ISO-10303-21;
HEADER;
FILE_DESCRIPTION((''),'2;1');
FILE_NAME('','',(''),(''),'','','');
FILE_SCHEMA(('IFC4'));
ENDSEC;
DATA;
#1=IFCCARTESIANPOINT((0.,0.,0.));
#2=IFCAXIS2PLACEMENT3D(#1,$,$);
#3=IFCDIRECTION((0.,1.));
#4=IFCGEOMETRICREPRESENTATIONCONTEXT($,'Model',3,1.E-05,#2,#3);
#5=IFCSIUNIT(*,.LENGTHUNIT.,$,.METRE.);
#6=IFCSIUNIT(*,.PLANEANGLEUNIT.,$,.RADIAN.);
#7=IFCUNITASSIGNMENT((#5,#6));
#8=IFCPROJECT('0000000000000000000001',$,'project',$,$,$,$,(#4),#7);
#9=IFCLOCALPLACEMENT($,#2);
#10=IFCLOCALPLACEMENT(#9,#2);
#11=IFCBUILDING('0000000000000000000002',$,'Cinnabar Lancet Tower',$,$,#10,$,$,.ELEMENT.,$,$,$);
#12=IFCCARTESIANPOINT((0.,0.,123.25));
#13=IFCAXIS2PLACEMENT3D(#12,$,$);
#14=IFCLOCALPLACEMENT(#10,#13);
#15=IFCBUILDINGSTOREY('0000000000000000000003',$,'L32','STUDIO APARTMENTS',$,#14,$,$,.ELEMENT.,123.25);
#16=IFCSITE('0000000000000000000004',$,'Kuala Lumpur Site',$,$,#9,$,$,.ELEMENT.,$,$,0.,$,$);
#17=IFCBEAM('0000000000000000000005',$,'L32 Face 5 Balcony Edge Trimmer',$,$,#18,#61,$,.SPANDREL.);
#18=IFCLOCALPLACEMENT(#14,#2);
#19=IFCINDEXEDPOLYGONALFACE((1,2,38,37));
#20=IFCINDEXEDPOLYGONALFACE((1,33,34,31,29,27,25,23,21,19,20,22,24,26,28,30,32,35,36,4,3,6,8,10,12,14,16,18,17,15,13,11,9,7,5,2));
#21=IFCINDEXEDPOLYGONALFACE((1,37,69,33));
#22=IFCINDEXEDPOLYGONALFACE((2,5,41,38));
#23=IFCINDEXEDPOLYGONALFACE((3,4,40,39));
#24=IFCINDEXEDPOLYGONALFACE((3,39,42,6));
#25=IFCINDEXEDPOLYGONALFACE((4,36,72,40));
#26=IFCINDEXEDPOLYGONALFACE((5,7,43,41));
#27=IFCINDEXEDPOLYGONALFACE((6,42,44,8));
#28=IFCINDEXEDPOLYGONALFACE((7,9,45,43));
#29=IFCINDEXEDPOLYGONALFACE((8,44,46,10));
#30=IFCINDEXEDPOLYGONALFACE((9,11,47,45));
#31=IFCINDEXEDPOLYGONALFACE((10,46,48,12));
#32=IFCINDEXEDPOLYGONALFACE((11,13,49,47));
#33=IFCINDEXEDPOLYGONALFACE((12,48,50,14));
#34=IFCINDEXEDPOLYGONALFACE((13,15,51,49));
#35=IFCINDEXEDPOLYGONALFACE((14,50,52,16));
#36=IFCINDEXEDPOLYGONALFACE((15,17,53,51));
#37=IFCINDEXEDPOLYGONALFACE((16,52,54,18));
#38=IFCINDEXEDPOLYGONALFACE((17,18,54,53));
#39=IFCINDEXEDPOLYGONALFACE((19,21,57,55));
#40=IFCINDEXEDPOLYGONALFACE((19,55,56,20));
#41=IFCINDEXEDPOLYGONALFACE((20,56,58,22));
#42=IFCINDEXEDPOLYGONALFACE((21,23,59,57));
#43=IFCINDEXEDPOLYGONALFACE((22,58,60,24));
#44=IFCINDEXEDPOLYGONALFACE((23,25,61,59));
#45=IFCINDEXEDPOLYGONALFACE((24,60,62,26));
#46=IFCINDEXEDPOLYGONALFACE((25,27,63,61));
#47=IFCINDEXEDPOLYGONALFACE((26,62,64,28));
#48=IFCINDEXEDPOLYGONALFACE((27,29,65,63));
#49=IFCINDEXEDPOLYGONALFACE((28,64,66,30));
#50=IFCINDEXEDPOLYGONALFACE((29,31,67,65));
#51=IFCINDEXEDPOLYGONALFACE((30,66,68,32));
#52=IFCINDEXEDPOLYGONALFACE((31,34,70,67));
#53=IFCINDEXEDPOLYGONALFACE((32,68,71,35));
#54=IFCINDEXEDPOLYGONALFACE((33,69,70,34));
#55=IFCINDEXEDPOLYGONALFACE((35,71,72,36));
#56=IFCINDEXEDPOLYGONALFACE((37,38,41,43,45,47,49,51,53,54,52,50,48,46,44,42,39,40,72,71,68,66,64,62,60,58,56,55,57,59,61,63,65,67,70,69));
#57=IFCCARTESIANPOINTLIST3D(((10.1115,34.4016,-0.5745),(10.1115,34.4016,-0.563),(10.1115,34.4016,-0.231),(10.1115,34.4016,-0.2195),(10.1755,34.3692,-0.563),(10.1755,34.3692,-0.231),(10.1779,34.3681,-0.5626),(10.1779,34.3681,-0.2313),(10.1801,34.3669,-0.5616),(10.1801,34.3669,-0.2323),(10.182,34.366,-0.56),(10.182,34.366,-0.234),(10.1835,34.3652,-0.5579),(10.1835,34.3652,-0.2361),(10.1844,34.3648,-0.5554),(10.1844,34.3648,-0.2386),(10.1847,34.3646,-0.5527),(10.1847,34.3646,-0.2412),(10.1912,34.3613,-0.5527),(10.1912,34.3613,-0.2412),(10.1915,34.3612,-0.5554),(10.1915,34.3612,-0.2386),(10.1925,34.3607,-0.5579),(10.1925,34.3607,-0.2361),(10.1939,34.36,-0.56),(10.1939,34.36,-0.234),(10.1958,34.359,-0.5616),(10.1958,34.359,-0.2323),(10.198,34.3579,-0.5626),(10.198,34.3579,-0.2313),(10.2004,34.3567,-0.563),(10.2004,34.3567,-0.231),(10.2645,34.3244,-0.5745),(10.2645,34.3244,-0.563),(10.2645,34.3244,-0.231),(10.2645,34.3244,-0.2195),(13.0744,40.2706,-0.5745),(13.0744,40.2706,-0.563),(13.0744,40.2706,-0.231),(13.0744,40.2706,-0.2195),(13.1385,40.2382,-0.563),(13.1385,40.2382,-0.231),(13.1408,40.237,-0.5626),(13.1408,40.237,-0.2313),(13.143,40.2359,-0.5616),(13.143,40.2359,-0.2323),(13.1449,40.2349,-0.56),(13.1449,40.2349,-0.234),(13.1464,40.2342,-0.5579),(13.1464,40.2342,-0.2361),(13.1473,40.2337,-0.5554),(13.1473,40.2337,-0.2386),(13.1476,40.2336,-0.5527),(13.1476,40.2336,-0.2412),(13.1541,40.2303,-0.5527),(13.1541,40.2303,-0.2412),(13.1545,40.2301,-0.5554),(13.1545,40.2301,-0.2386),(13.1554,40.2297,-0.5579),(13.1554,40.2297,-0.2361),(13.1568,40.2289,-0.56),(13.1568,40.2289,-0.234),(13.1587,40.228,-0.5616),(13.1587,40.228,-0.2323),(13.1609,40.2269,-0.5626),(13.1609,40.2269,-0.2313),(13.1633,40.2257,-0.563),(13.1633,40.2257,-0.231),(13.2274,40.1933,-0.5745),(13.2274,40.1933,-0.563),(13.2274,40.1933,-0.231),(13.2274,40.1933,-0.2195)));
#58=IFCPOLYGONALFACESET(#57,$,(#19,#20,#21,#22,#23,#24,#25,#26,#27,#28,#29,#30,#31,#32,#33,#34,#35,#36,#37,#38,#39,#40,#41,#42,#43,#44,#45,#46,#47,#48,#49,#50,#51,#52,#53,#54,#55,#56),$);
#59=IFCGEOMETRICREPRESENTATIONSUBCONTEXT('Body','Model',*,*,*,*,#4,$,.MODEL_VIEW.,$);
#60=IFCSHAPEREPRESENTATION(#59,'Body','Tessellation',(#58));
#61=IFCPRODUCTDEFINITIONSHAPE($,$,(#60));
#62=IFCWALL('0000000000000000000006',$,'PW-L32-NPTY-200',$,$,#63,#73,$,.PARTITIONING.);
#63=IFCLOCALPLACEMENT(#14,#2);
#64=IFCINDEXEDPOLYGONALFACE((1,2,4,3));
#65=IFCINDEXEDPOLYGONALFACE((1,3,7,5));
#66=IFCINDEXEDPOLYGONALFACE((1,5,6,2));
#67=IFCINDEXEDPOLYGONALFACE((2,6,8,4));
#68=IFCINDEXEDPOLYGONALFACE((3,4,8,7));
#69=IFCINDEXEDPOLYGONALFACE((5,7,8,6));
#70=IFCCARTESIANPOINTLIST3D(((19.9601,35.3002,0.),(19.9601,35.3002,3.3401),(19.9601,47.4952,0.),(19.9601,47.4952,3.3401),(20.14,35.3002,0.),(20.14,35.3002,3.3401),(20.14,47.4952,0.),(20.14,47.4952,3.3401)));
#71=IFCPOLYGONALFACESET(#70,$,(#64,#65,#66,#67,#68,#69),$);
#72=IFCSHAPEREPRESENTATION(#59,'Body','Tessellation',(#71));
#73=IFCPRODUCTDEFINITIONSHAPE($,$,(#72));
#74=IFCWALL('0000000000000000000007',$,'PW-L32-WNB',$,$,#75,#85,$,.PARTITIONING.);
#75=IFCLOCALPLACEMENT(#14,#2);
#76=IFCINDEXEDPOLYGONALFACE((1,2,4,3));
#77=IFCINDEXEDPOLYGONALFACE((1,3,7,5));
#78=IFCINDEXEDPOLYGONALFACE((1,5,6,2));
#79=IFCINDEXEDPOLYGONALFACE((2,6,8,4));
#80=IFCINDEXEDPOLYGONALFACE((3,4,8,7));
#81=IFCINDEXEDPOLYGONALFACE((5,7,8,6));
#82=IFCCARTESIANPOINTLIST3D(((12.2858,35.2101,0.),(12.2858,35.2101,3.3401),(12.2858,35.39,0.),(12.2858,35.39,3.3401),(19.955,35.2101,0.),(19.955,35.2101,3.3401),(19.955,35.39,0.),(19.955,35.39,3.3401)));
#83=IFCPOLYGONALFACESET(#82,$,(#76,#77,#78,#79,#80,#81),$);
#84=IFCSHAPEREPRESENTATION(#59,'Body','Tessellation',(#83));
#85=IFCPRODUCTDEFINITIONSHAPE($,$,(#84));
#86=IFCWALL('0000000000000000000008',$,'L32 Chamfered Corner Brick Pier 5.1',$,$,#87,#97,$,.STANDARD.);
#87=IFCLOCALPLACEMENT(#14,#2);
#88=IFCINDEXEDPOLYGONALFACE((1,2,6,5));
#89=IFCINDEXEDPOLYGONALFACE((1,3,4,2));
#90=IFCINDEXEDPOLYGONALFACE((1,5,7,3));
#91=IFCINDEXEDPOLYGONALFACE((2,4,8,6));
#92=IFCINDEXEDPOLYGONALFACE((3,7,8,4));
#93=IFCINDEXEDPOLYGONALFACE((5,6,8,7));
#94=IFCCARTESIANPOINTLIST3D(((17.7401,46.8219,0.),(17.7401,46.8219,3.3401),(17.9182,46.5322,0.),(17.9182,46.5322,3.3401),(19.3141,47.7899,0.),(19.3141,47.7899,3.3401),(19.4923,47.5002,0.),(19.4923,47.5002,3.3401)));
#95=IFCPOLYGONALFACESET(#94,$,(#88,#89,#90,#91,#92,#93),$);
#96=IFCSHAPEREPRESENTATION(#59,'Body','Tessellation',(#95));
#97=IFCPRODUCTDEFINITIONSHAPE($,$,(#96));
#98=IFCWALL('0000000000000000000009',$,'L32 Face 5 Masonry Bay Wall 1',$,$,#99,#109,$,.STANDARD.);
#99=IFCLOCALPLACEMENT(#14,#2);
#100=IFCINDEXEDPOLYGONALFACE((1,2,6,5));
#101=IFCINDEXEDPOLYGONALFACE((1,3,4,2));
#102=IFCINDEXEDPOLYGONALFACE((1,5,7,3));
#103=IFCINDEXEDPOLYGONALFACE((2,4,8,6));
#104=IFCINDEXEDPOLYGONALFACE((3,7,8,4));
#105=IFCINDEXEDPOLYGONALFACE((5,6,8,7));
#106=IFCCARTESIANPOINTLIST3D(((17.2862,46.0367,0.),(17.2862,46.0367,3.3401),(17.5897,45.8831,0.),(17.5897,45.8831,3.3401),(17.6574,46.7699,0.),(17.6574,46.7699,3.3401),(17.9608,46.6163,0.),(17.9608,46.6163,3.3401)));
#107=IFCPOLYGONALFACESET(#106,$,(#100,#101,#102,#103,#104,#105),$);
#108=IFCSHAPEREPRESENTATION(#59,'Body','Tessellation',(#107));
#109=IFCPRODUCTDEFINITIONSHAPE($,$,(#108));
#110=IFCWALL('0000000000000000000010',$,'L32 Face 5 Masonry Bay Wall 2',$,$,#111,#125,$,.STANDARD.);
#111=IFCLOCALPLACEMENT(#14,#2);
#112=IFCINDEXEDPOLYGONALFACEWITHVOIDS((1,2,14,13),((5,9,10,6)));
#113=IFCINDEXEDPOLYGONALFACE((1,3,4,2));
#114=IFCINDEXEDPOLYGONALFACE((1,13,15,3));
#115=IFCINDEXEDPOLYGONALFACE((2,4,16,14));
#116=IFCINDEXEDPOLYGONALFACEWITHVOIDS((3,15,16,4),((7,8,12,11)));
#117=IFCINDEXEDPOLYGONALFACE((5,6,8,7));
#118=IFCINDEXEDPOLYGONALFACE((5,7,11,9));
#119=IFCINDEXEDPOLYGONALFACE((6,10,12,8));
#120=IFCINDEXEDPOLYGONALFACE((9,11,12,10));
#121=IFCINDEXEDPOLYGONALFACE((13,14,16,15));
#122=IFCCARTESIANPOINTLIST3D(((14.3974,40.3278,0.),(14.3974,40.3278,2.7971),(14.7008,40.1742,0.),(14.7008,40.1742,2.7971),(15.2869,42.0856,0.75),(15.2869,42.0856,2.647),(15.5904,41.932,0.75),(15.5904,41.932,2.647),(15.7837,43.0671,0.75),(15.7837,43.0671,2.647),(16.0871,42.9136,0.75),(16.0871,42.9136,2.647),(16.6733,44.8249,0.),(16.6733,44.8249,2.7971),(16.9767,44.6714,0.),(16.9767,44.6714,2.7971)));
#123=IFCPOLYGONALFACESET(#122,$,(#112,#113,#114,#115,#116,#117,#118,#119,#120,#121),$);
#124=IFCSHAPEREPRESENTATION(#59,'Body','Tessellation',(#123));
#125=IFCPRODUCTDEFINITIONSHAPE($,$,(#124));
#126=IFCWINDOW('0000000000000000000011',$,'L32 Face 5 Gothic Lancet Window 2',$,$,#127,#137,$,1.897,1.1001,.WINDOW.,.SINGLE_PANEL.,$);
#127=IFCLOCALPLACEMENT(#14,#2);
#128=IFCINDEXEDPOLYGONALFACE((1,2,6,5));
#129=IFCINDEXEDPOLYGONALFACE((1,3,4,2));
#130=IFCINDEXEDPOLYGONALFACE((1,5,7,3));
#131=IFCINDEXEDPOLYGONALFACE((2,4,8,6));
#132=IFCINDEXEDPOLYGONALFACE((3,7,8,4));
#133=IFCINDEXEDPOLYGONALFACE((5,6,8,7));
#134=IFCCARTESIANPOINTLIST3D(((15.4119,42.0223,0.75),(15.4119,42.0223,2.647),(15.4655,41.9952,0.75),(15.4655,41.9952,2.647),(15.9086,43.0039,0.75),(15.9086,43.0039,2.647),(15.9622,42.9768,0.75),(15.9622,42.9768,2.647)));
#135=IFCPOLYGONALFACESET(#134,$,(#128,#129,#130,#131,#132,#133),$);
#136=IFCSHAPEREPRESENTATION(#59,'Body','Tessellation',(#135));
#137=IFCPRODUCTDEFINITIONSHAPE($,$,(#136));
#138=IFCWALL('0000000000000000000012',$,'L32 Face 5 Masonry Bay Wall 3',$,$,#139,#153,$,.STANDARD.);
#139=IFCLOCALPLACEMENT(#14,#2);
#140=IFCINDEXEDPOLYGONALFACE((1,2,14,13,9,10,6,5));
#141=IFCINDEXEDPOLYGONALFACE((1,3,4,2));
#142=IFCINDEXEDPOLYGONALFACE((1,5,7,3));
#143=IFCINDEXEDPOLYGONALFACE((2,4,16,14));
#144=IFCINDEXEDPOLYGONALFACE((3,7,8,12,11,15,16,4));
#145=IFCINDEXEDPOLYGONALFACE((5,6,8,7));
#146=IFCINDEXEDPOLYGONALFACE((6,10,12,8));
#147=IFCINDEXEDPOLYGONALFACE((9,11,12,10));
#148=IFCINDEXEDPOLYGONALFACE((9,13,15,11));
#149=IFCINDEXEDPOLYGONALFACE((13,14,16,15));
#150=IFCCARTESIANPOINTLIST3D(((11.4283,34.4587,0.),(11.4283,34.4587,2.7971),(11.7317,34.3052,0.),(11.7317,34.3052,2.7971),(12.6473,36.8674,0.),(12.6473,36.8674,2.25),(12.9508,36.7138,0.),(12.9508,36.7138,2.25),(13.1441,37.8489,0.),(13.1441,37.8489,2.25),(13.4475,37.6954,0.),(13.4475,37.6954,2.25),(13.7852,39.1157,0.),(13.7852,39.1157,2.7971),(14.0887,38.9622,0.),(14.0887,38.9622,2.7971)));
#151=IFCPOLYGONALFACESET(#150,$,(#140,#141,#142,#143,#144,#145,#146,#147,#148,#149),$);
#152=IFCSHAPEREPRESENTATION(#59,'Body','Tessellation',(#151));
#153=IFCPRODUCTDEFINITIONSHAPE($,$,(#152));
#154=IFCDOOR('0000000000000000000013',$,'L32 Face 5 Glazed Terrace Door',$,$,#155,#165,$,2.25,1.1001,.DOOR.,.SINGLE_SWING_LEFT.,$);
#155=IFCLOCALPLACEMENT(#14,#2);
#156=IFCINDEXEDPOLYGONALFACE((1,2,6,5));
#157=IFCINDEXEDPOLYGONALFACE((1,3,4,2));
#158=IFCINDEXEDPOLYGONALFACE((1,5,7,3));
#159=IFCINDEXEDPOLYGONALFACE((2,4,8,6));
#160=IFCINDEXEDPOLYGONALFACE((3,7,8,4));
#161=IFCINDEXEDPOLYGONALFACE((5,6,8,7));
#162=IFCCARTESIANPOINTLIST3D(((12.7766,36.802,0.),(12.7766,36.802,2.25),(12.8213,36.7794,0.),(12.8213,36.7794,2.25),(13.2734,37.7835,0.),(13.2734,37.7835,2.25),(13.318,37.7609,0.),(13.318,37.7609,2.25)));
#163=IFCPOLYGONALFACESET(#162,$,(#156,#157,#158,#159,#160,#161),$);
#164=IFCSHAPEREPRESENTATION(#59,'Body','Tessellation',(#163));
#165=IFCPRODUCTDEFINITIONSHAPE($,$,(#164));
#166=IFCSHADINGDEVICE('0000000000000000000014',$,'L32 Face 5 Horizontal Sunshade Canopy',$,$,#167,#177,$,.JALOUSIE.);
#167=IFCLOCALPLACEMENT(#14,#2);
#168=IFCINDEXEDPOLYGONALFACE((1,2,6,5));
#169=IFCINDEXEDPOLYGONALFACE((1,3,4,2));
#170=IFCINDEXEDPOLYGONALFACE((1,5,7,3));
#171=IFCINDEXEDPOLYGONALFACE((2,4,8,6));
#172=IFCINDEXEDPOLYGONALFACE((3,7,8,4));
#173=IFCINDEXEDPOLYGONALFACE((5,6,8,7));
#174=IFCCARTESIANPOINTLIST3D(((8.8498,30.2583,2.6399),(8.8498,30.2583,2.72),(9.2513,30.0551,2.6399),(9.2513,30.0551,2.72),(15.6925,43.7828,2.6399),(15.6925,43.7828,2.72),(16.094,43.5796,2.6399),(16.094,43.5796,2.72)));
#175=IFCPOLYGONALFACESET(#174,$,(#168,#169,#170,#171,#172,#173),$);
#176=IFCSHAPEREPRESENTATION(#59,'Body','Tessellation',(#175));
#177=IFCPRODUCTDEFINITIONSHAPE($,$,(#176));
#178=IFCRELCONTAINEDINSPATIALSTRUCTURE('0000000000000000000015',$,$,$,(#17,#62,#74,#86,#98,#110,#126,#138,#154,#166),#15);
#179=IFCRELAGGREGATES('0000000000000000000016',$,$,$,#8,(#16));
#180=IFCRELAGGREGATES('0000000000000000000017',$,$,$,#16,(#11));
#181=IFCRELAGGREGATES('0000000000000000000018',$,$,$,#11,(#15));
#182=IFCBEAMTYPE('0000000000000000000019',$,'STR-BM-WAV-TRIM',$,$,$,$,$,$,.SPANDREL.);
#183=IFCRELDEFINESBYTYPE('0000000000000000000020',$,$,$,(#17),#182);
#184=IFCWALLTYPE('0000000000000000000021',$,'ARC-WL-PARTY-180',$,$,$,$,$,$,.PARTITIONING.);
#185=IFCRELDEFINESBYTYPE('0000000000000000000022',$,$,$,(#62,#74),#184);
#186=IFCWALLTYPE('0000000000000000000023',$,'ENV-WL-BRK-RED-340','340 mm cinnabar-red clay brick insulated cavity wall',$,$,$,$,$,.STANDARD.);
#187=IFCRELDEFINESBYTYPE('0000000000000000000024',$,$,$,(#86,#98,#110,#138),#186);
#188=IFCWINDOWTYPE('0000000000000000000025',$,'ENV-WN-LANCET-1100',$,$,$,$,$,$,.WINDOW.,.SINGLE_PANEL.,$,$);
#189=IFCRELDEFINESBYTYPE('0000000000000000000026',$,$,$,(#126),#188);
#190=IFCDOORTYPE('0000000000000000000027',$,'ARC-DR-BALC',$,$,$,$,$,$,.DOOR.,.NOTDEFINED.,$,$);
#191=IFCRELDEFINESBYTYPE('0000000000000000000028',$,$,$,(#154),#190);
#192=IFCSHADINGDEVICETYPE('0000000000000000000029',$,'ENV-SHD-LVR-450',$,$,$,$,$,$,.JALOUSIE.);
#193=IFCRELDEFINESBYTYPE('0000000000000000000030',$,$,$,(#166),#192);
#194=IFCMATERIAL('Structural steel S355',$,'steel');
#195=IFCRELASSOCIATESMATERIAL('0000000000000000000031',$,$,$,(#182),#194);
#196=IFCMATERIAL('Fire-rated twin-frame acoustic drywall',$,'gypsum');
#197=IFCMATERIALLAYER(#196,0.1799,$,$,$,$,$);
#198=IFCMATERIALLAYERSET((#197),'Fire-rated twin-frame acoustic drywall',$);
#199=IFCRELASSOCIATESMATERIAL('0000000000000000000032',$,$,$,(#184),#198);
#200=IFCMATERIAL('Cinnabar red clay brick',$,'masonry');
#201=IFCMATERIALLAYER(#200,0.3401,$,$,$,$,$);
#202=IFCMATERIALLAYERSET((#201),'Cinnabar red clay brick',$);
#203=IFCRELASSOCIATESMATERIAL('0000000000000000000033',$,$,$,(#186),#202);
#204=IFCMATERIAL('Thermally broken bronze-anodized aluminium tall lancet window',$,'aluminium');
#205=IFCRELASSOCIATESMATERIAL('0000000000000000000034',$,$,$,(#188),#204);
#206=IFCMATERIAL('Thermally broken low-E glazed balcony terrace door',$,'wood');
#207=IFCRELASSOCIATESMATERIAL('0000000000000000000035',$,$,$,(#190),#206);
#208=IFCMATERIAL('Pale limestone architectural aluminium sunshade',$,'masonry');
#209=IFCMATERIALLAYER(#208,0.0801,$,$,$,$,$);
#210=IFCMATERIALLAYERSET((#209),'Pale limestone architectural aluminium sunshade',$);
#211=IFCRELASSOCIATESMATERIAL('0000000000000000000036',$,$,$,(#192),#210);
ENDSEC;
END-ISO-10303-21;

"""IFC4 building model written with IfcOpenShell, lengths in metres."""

from ifc_helpers import new_model, si_unit, direction, frame, frame_2d, origin, origin_2d, place, context, subcontext, project, spatial, rectangle, i_section, extrude, material, layer, layer_set, material_profile, profile_set, type_object, element, fill, save


model = new_model("IFC4")

# Units and contexts
model_context = context("Model", 3, precision=1e-05, world=origin(), true_north=direction((0.0, 1.0)))
body_context = subcontext(model_context, "Body", "Model", "MODEL_VIEW")
ifc_project = project(units=[si_unit("LENGTHUNIT", "METRE"), si_unit("PLANEANGLEUNIT", "RADIAN")], contexts=[model_context])

# Site, building, storey
site_placement = place(None, origin())
site = spatial("IfcSite", under=ifc_project, at=site_placement, Name="Kuala Lumpur Site", CompositionType="ELEMENT", RefElevation=0.0)
building_placement = place(site_placement, origin())
building = spatial("IfcBuilding", under=site, at=building_placement, Name="Cinnabar Lancet Tower", CompositionType="ELEMENT")
storey_placement = place(building_placement, frame((0.0, 0.0, 123.25)))
storey = spatial("IfcBuildingStorey", under=building, at=storey_placement, Name="L32", Description="STUDIO APARTMENTS", CompositionType="ELEMENT", Elevation=123.25)

# Beam
ifc_material_1 = material(Name="Structural steel S355", Category="steel")
ifc_material_profile_1 = material_profile(ifc_material_1, i_section(OverallWidth=0.1714, OverallDepth=0.355, WebThickness=0.0073, FlangeThickness=0.0115, FilletRadius=0.0103, at=origin_2d()), Name="UKB 356x171x51")
ifc_profile_set_1 = profile_set([ifc_material_profile_1], Name="Structural steel S355")
beam_type_1 = type_object("IfcBeamType", Name="STR-BM-WAV-TRIM", PredefinedType="SPANDREL", material=ifc_profile_set_1)
beam_1_placement = place(storey_placement, frame((13.1509, 40.2319, -0.397), z_axis=(-0.450671, -0.89269, 0.0), x_axis=(0.89269, -0.450671, 0.0)))
element("IfcBeam", 1, at=beam_1_placement, inside=storey, type_object=beam_type_1, Name="L32 Face 5 Balcony Edge Trimmer", PredefinedType="SPANDREL", context=body_context, shape_type="SweptSolid", body=[
    extrude(i_section(OverallWidth=0.1714, OverallDepth=0.355, WebThickness=0.0073, FlangeThickness=0.0115, FilletRadius=0.0103, at=origin_2d()), origin(), (0.0, 0.0, 1.0), 6.5745),
])

# Walls
ifc_material_2 = material(Name="Fire-rated twin-frame acoustic drywall", Category="gypsum")
ifc_layer_1 = layer(ifc_material_2, 0.1799)
ifc_layer_set_1 = layer_set([ifc_layer_1], Name="Fire-rated twin-frame acoustic drywall")
wall_type_1 = type_object("IfcWallType", Name="ARC-WL-PARTY-180", PredefinedType="PARTITIONING", material=ifc_layer_set_1)
wall_1_placement = place(storey_placement, frame((20.05, 35.3, 0.0), z_axis=(0.0, 0.0, 1.0), x_axis=(0.0, 1.0, 0.0)))
element("IfcWall", 2, at=wall_1_placement, inside=storey, type_object=wall_type_1, Name="PW-L32-NPTY-200", PredefinedType="PARTITIONING", context=body_context, shape_type="SweptSolid", body=[
    extrude(rectangle(XDim=12.1951, YDim=0.1799, at=frame_2d((6.0977, 0.0))), origin(), (0.0, 0.0, 1.0), 3.3401),
])
wall_2_placement = place(storey_placement, frame((12.2859, 35.3, 0.0), z_axis=(0.0, 0.0, 1.0), x_axis=(1.0, 0.0, 0.0)))
element("IfcWall", 3, at=wall_2_placement, inside=storey, type_object=wall_type_1, Name="PW-L32-WNB", PredefinedType="PARTITIONING", context=body_context, shape_type="SweptSolid", body=[
    extrude(rectangle(XDim=7.6692, YDim=0.1799, at=frame_2d((3.8345, 0.0))), origin(), (0.0, 0.0, 1.0), 3.3401),
])
ifc_material_3 = material(Name="Cinnabar red clay brick", Category="masonry")
ifc_layer_2 = layer(ifc_material_3, 0.3401)
ifc_layer_set_2 = layer_set([ifc_layer_2], Name="Cinnabar red clay brick")
wall_type_2 = type_object("IfcWallType", Name="ENV-WL-BRK-RED-340", Description="340 mm cinnabar-red clay brick insulated cavity wall", PredefinedType="STANDARD", material=ifc_layer_set_2)
wall_3_placement = place(storey_placement, frame((19.4031, 47.645, 0.0), z_axis=(0.0, 0.0, 1.0), x_axis=(-0.851799, -0.523869, 0.0)))
element("IfcWall", 4, at=wall_3_placement, inside=storey, type_object=wall_type_2, Name="L32 Chamfered Corner Brick Pier 5.1", PredefinedType="STANDARD", context=body_context, shape_type="SweptSolid", body=[
    extrude(rectangle(XDim=1.8479, YDim=0.3401, at=frame_2d((0.9238, 0.0))), origin(), (0.0, 0.0, 1.0), 3.3401),
])
wall_4_placement = place(storey_placement, frame((17.8091, 46.6931, 0.0), z_axis=(0.0, 0.0, 1.0), x_axis=(-0.451605, -0.892218, 0.0)))
element("IfcWall", 5, at=wall_4_placement, inside=storey, type_object=wall_type_2, Name="L32 Face 5 Masonry Bay Wall 1", PredefinedType="STANDARD", context=body_context, shape_type="SweptSolid", body=[
    extrude(rectangle(XDim=0.8218, YDim=0.3401, at=frame_2d((0.4109, 0.0))), origin(), (0.0, 0.0, 1.0), 3.3401),
])

# Wall, opening, window
wall_5_placement = place(storey_placement, frame((16.825, 44.748, 0.0), z_axis=(0.0, 0.0, 1.0), x_axis=(-0.451548, -0.892247, 0.0)))
wall_5 = element("IfcWall", 6, at=wall_5_placement, inside=storey, type_object=wall_type_2, Name="L32 Face 5 Masonry Bay Wall 2", PredefinedType="STANDARD", context=body_context, shape_type="SweptSolid", body=[
    extrude(rectangle(XDim=5.0403, YDim=0.3401, at=frame_2d((2.52, 0.0))), origin(), (0.0, 0.0, 1.0), 2.7971),
])
opening_1_placement = place(wall_5_placement, frame((1.97, 0.0, 0.75)))
opening_1 = element("IfcOpeningElement", 7, at=opening_1_placement, cuts=wall_5, PredefinedType="OPENING", context=body_context, shape_type="SweptSolid", body=[
    extrude(rectangle(XDim=1.1001, YDim=1.897, at=frame_2d((0.55, 0.9485))), frame((0.0, 0.1799, 0.0), z_axis=(0.0, -1.0, 0.0), x_axis=(1.0, 0.0, 0.0)), (0.0, 0.0, 1.0), 0.3601),
])
ifc_material_4 = material(Name="Thermally broken bronze-anodized aluminium tall lancet window", Category="aluminium")
window_type = type_object("IfcWindowType", Name="ENV-WN-LANCET-1100", PartitioningType="SINGLE_PANEL", PredefinedType="WINDOW", material=ifc_material_4)
window_placement = place(opening_1_placement, origin())
window = element("IfcWindow", 8, at=window_placement, inside=storey, type_object=window_type, Name="L32 Face 5 Gothic Lancet Window 2", OverallHeight=1.897, OverallWidth=1.1001, PartitioningType="SINGLE_PANEL", PredefinedType="WINDOW", context=body_context, shape_type="SweptSolid", body=[
    extrude(rectangle(XDim=1.1001, YDim=1.897, at=frame_2d((0.55, 0.9485))), frame((0.0, 0.03, 0.0), z_axis=(0.0, -1.0, 0.0), x_axis=(1.0, 0.0, 0.0)), (0.0, 0.0, 1.0), 0.0601),
])
fill(opening_1, window)

# Wall, opening, door
wall_6_placement = place(storey_placement, frame((13.937, 39.0391, 0.0), z_axis=(0.0, 0.0, 1.0), x_axis=(-0.451568, -0.892237, 0.0)))
wall_6 = element("IfcWall", 9, at=wall_6_placement, inside=storey, type_object=wall_type_2, Name="L32 Face 5 Masonry Bay Wall 3", PredefinedType="STANDARD", context=body_context, shape_type="SweptSolid", body=[
    extrude(rectangle(XDim=5.2195, YDim=0.3401, at=frame_2d((2.6099, 0.0))), origin(), (0.0, 0.0, 1.0), 2.7971),
])
opening_2_placement = place(wall_6_placement, frame((1.4199, 0.0, 0.0)))
opening_2 = element("IfcOpeningElement", 10, at=opening_2_placement, cuts=wall_6, PredefinedType="OPENING", context=body_context, shape_type="SweptSolid", body=[
    extrude(rectangle(XDim=1.1001, YDim=2.25, at=frame_2d((0.55, 1.125))), frame((0.0, 0.1799, 0.0), z_axis=(0.0, -1.0, 0.0), x_axis=(1.0, 0.0, 0.0)), (0.0, 0.0, 1.0), 0.3601),
])
ifc_material_5 = material(Name="Thermally broken low-E glazed balcony terrace door", Category="wood")
door_type = type_object("IfcDoorType", Name="ARC-DR-BALC", OperationType="NOTDEFINED", PredefinedType="DOOR", material=ifc_material_5)
door_placement = place(opening_2_placement, origin())
door = element("IfcDoor", 11, at=door_placement, inside=storey, type_object=door_type, Name="L32 Face 5 Glazed Terrace Door", OperationType="SINGLE_SWING_LEFT", OverallHeight=2.25, OverallWidth=1.1001, PredefinedType="DOOR", context=body_context, shape_type="SweptSolid", body=[
    extrude(rectangle(XDim=1.1001, YDim=2.25, at=frame_2d((0.55, 1.125))), frame((0.0, 0.0249, 0.0), z_axis=(0.0, -1.0, 0.0), x_axis=(1.0, 0.0, 0.0)), (0.0, 0.0, 1.0), 0.05),
])
fill(opening_2, door)

# Shading device
ifc_material_6 = material(Name="Pale limestone architectural aluminium sunshade", Category="masonry")
ifc_layer_3 = layer(ifc_material_6, 0.0801)
ifc_layer_set_3 = layer_set([ifc_layer_3], Name="Pale limestone architectural aluminium sunshade")
shading_device_type = type_object("IfcShadingDeviceType", Name="ENV-SHD-LVR-450", PredefinedType="JALOUSIE", material=ifc_layer_set_3)
shading_device_placement = place(storey_placement, frame((12.4719, 36.9189, 2.6399), z_axis=(0.0, 0.0, 1.0), x_axis=(-0.451454, -0.892294, 0.0)))
element("IfcShadingDevice", 12, at=shading_device_placement, inside=storey, type_object=shading_device_type, Name="L32 Face 5 Horizontal Sunshade Canopy", PredefinedType="JALOUSIE", context=body_context, shape_type="SweptSolid", body=[
    extrude(rectangle(XDim=15.157, YDim=0.45, at=origin_2d()), origin(), (0.0, 0.0, 1.0), 0.0801),
])

save(model, "model.ifc")
